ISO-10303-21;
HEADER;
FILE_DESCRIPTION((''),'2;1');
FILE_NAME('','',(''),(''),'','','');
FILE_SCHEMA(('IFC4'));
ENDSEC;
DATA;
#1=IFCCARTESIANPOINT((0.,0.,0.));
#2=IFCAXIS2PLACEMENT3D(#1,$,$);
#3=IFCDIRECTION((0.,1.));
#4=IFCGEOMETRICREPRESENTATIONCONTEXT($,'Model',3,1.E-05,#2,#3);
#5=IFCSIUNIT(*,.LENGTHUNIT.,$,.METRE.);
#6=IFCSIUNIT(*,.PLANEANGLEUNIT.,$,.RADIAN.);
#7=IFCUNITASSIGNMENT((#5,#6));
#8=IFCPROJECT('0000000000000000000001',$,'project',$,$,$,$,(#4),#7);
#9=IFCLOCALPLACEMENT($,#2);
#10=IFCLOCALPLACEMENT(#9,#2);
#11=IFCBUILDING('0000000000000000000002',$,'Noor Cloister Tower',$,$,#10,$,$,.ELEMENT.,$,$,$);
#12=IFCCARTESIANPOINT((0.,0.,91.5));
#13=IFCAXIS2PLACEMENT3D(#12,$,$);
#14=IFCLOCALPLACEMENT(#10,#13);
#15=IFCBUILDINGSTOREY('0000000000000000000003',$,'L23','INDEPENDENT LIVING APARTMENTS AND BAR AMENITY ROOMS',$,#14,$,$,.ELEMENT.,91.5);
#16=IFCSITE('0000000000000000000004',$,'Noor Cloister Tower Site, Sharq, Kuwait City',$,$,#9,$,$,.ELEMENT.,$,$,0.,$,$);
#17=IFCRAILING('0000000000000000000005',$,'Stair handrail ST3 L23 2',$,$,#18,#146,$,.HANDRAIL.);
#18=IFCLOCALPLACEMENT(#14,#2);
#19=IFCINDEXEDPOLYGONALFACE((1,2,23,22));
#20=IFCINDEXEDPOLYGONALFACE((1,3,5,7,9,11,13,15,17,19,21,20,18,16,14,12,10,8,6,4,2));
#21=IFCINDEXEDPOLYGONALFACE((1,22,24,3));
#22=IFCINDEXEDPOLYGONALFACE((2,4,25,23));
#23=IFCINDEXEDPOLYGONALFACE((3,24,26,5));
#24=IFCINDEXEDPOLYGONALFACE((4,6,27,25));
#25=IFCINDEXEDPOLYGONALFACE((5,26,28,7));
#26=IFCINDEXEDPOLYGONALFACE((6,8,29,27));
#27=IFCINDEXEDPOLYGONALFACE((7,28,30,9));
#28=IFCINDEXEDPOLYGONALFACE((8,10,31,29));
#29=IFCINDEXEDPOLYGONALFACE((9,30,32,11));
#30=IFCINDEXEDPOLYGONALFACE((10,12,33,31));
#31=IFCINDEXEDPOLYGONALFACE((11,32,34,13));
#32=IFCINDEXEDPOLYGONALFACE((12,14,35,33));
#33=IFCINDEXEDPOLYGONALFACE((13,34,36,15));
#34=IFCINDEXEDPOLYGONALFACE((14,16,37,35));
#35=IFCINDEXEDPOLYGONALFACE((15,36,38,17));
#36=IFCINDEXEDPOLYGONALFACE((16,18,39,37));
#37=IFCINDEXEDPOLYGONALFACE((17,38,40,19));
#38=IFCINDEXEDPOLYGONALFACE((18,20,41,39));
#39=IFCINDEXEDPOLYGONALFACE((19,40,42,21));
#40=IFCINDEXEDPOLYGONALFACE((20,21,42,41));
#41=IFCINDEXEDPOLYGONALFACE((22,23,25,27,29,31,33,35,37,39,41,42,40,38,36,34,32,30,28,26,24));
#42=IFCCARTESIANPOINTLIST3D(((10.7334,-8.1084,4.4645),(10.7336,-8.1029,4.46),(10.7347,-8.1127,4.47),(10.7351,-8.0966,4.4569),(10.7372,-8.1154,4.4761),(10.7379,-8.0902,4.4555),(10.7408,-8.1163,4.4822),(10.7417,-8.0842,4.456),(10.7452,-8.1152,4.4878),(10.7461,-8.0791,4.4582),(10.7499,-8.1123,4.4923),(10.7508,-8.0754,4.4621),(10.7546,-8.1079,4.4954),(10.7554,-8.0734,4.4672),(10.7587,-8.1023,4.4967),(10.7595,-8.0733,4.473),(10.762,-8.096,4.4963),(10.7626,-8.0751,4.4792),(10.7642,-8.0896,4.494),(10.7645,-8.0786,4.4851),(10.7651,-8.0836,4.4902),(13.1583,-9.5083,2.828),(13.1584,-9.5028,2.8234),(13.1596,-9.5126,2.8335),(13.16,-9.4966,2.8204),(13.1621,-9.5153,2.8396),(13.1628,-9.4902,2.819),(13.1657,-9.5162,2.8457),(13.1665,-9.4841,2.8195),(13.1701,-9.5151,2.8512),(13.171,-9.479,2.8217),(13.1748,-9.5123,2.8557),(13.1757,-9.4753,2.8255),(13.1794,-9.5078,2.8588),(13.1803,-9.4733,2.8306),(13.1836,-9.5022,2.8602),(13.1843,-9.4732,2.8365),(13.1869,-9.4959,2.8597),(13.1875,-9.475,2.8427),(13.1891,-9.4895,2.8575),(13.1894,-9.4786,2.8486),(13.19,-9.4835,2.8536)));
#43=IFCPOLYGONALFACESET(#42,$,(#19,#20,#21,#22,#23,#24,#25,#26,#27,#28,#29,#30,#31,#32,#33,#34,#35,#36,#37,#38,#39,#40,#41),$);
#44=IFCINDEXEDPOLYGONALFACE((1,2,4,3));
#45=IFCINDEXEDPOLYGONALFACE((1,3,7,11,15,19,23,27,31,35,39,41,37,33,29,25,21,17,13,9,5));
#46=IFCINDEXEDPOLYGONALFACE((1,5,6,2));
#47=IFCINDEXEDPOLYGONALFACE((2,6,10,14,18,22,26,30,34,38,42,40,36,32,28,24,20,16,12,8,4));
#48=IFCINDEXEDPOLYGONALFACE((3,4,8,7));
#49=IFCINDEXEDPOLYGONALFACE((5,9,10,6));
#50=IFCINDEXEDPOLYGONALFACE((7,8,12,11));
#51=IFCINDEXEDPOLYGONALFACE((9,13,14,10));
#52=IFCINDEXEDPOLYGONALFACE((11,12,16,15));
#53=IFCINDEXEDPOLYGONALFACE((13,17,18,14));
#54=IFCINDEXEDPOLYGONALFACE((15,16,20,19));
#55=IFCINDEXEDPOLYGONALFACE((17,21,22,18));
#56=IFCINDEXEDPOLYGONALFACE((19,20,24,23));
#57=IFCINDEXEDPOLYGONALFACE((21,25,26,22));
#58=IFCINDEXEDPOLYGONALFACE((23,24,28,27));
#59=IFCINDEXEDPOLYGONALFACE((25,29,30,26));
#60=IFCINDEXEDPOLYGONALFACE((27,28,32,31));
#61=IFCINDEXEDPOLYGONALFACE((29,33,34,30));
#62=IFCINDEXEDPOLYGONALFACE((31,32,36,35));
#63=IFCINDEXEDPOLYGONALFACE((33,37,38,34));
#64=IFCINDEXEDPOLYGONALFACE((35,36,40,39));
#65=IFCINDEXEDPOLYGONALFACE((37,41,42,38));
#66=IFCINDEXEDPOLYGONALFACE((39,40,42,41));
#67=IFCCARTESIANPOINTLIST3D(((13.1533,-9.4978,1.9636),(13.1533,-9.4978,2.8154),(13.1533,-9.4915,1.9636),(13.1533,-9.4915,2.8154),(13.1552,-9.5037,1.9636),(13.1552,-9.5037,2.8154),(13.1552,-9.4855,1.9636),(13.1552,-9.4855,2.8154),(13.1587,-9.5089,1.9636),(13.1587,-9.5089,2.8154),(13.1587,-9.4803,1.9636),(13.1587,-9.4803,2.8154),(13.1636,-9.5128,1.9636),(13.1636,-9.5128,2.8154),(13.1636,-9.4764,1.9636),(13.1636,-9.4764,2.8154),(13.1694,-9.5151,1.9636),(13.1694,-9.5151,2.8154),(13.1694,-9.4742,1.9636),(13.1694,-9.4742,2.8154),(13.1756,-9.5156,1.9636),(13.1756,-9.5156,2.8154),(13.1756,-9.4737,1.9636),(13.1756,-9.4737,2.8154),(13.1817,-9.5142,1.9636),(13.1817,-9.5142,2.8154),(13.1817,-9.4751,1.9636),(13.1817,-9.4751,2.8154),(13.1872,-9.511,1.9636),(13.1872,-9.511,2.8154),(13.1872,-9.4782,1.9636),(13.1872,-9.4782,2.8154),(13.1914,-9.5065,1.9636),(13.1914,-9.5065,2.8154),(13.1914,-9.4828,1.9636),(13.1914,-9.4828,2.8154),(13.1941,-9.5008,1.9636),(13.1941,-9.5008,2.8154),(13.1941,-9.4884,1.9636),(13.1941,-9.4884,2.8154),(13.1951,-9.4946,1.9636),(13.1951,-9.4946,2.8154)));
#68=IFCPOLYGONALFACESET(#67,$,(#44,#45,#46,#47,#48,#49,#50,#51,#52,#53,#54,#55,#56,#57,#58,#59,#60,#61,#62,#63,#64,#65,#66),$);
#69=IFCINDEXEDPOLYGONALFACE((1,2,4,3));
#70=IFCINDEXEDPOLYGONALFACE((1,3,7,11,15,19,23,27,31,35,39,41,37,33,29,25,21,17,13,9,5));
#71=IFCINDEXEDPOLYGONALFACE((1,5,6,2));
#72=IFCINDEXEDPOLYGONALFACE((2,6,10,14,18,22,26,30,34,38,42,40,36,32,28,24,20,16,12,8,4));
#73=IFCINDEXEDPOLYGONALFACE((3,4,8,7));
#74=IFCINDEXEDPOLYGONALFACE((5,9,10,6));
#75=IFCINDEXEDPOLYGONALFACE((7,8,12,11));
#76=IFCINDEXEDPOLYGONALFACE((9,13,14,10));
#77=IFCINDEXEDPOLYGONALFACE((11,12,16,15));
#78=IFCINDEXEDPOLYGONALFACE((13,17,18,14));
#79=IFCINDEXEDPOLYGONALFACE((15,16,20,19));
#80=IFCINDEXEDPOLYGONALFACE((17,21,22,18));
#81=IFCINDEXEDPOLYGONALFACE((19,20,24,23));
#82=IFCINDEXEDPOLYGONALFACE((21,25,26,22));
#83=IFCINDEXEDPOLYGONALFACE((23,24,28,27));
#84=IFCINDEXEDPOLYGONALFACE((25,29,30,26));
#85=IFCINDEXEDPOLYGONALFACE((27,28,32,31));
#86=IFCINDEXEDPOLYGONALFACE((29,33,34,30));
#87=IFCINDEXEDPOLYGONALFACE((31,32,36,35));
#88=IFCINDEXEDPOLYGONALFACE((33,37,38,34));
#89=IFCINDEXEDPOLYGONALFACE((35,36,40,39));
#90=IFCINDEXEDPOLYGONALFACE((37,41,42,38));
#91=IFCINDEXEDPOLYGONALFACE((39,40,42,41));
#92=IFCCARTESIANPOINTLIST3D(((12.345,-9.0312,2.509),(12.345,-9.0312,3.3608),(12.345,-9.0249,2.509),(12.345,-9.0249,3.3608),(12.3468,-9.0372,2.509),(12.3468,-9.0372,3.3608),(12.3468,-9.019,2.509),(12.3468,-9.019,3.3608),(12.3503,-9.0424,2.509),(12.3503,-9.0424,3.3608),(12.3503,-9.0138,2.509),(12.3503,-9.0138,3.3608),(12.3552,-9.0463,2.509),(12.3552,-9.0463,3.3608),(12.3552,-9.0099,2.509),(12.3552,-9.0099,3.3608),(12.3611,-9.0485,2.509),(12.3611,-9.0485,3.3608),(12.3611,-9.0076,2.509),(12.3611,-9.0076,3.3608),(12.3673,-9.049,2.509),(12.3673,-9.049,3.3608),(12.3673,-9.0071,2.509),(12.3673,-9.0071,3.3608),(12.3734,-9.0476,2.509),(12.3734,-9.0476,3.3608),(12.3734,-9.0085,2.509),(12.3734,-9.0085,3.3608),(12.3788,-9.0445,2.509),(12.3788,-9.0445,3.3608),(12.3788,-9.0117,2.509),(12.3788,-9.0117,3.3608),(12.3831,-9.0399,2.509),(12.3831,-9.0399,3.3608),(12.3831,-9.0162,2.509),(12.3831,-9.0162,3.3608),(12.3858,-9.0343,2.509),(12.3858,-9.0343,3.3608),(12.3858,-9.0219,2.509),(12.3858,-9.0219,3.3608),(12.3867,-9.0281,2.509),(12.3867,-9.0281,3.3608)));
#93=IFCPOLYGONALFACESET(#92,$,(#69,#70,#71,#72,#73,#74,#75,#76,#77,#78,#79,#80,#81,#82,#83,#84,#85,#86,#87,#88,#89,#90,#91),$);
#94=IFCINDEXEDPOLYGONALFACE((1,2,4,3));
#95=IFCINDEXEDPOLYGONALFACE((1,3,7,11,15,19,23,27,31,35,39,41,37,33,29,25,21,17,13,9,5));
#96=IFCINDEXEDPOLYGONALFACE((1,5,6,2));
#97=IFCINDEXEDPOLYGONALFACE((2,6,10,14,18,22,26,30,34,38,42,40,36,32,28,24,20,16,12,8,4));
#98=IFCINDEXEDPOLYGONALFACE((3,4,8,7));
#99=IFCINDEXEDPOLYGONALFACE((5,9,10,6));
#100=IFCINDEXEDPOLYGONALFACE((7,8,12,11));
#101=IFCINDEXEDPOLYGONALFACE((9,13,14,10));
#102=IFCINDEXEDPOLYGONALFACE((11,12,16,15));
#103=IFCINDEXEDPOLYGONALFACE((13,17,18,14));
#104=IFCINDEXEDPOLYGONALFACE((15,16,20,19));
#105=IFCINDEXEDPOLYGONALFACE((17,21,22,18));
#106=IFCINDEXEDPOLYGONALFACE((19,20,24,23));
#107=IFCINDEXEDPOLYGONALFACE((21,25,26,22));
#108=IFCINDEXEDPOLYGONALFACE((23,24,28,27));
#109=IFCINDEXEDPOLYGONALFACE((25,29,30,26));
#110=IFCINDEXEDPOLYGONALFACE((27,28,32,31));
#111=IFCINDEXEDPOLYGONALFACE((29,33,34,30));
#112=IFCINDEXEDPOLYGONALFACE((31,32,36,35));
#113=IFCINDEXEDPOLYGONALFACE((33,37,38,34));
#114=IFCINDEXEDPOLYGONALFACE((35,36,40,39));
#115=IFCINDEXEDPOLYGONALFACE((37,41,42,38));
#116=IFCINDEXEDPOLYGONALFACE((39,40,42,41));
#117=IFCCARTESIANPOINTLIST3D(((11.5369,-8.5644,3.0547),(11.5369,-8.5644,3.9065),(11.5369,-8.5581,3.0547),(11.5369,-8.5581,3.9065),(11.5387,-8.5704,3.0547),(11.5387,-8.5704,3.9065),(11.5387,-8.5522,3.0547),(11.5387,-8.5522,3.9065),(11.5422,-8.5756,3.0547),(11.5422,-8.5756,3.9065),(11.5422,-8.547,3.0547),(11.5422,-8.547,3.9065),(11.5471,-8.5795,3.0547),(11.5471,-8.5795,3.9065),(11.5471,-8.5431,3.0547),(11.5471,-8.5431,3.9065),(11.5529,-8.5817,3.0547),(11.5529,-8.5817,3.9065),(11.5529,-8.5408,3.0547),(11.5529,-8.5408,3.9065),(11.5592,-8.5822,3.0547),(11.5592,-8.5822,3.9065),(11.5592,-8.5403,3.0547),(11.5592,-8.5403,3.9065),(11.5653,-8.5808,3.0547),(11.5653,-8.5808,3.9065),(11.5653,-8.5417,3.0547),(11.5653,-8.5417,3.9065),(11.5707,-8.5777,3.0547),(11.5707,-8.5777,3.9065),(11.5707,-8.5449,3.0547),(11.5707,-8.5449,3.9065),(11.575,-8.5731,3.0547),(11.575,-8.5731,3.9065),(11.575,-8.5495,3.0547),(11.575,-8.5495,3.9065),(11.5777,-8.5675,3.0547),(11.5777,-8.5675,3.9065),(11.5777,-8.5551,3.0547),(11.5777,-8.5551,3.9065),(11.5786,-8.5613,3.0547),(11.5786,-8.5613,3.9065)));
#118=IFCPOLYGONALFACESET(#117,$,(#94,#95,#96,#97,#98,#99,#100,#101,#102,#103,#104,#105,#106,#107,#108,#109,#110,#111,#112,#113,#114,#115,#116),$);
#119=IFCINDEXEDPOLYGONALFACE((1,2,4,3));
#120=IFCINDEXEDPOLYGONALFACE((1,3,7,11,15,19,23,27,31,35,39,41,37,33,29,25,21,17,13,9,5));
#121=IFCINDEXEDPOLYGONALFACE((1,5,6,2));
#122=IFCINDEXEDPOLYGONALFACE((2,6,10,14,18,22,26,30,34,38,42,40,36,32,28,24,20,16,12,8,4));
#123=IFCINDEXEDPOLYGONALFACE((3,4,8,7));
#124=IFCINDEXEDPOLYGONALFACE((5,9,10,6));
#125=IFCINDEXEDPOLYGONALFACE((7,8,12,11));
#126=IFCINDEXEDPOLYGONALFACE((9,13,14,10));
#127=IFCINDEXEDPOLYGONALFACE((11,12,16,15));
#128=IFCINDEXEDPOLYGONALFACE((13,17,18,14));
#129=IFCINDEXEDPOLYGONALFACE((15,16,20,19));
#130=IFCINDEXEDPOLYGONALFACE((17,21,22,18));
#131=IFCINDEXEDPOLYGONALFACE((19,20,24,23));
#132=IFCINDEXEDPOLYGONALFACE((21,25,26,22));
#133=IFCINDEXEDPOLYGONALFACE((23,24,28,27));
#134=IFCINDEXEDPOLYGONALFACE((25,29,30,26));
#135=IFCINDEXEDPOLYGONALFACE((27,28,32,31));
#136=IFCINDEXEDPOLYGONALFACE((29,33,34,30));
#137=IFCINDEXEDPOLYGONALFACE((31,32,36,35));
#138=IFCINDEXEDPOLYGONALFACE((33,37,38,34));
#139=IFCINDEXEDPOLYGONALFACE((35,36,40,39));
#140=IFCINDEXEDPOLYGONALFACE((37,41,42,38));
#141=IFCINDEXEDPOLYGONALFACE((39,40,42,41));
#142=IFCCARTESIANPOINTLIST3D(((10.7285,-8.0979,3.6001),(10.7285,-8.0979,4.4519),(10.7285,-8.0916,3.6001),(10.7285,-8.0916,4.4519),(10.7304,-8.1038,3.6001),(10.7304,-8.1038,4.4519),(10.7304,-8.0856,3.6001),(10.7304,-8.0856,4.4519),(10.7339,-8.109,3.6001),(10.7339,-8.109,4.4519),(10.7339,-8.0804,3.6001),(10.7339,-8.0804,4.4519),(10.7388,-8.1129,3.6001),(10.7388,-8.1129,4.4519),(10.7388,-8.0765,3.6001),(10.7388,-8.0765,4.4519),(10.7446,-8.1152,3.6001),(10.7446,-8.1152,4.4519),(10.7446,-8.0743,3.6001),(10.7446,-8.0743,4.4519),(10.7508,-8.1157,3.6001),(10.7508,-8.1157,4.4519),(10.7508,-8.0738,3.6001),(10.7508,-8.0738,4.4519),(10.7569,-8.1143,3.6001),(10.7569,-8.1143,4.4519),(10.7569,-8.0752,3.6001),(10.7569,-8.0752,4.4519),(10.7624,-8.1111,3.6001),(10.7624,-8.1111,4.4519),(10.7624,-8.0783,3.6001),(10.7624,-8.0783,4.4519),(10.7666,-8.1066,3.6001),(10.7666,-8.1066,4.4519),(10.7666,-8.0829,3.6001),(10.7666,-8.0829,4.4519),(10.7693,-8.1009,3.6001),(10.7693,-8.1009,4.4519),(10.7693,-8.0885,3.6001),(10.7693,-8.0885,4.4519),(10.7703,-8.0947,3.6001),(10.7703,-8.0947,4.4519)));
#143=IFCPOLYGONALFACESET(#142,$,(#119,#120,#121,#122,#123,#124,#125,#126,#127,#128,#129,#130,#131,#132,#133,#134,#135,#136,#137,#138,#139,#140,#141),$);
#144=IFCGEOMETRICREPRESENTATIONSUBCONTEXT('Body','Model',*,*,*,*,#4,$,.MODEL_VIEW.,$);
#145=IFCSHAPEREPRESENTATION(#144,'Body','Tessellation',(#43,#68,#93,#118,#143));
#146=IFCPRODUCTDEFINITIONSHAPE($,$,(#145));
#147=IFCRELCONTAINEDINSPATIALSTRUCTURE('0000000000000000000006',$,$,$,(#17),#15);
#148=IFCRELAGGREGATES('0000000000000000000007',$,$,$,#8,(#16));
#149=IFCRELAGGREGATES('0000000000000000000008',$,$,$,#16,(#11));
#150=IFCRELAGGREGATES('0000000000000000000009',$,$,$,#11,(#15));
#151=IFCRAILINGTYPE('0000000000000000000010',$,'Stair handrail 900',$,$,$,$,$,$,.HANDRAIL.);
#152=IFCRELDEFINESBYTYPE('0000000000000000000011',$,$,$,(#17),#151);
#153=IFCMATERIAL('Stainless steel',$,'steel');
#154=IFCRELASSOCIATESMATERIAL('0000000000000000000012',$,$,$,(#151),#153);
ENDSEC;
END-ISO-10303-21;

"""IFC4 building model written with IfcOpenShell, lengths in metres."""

from ifc_helpers import new_model, si_unit, direction, frame, origin, origin_2d, place, context, subcontext, project, spatial, circle, extrude, material, type_object, element, save


model = new_model("IFC4")

# Units and contexts
model_context = context("Model", 3, precision=1e-05, world=origin(), true_north=direction((0.0, 1.0)))
body_context = subcontext(model_context, "Body", "Model", "MODEL_VIEW")
ifc_project = project(units=[si_unit("LENGTHUNIT", "METRE"), si_unit("PLANEANGLEUNIT", "RADIAN")], contexts=[model_context])

# Site, building, storey
site_placement = place(None, origin())
site = spatial("IfcSite", under=ifc_project, at=site_placement, Name="Noor Cloister Tower Site, Sharq, Kuwait City", CompositionType="ELEMENT", RefElevation=0.0)
building_placement = place(site_placement, origin())
building = spatial("IfcBuilding", under=site, at=building_placement, Name="Noor Cloister Tower", CompositionType="ELEMENT")
storey_placement = place(building_placement, frame((0.0, 0.0, 91.5)))
storey = spatial("IfcBuildingStorey", under=building, at=storey_placement, Name="L23", Description="INDEPENDENT LIVING APARTMENTS AND BAR AMENITY ROOMS", CompositionType="ELEMENT", Elevation=91.5)

# Railing
ifc_material_1 = material(Name="Stainless steel", Category="steel")
railing_type_1 = type_object("IfcRailingType", Name="Stair handrail 900", PredefinedType="HANDRAIL", material=ifc_material_1)
railing_1_placement = place(storey_placement, frame((13.1741, -9.4946, 1.9636)))
element("IfcRailing", 1, at=railing_1_placement, inside=storey, type_object=railing_type_1, Name="Stair handrail ST3 L23 2", PredefinedType="HANDRAIL", context=body_context, shape_type="SweptSolid", body=[
    extrude(circle(Radius=0.0239, at=origin_2d()), frame((0.0, 0.0, 0.876), z_axis=(-0.74769, 0.431661, 0.504608), x_axis=(-0.499984, -0.866035, 0.0)), (0.0, 0.0, 1.0), 3.2432),
    extrude(circle(Radius=0.021, at=origin_2d()), origin(), (0.0, 0.0, 1.0), 0.8518),
    extrude(circle(Radius=0.021, at=origin_2d()), frame((-0.8083, 0.4666, 0.5454)), (0.0, 0.0, 1.0), 0.8518),
    extrude(circle(Radius=0.021, at=origin_2d()), frame((-1.6165, 0.9333, 1.0911)), (0.0, 0.0, 1.0), 0.8518),
    extrude(circle(Radius=0.021, at=origin_2d()), frame((-2.4248, 1.3999, 1.6365)), (0.0, 0.0, 1.0), 0.8518),
])

save(model, "model.ifc")
